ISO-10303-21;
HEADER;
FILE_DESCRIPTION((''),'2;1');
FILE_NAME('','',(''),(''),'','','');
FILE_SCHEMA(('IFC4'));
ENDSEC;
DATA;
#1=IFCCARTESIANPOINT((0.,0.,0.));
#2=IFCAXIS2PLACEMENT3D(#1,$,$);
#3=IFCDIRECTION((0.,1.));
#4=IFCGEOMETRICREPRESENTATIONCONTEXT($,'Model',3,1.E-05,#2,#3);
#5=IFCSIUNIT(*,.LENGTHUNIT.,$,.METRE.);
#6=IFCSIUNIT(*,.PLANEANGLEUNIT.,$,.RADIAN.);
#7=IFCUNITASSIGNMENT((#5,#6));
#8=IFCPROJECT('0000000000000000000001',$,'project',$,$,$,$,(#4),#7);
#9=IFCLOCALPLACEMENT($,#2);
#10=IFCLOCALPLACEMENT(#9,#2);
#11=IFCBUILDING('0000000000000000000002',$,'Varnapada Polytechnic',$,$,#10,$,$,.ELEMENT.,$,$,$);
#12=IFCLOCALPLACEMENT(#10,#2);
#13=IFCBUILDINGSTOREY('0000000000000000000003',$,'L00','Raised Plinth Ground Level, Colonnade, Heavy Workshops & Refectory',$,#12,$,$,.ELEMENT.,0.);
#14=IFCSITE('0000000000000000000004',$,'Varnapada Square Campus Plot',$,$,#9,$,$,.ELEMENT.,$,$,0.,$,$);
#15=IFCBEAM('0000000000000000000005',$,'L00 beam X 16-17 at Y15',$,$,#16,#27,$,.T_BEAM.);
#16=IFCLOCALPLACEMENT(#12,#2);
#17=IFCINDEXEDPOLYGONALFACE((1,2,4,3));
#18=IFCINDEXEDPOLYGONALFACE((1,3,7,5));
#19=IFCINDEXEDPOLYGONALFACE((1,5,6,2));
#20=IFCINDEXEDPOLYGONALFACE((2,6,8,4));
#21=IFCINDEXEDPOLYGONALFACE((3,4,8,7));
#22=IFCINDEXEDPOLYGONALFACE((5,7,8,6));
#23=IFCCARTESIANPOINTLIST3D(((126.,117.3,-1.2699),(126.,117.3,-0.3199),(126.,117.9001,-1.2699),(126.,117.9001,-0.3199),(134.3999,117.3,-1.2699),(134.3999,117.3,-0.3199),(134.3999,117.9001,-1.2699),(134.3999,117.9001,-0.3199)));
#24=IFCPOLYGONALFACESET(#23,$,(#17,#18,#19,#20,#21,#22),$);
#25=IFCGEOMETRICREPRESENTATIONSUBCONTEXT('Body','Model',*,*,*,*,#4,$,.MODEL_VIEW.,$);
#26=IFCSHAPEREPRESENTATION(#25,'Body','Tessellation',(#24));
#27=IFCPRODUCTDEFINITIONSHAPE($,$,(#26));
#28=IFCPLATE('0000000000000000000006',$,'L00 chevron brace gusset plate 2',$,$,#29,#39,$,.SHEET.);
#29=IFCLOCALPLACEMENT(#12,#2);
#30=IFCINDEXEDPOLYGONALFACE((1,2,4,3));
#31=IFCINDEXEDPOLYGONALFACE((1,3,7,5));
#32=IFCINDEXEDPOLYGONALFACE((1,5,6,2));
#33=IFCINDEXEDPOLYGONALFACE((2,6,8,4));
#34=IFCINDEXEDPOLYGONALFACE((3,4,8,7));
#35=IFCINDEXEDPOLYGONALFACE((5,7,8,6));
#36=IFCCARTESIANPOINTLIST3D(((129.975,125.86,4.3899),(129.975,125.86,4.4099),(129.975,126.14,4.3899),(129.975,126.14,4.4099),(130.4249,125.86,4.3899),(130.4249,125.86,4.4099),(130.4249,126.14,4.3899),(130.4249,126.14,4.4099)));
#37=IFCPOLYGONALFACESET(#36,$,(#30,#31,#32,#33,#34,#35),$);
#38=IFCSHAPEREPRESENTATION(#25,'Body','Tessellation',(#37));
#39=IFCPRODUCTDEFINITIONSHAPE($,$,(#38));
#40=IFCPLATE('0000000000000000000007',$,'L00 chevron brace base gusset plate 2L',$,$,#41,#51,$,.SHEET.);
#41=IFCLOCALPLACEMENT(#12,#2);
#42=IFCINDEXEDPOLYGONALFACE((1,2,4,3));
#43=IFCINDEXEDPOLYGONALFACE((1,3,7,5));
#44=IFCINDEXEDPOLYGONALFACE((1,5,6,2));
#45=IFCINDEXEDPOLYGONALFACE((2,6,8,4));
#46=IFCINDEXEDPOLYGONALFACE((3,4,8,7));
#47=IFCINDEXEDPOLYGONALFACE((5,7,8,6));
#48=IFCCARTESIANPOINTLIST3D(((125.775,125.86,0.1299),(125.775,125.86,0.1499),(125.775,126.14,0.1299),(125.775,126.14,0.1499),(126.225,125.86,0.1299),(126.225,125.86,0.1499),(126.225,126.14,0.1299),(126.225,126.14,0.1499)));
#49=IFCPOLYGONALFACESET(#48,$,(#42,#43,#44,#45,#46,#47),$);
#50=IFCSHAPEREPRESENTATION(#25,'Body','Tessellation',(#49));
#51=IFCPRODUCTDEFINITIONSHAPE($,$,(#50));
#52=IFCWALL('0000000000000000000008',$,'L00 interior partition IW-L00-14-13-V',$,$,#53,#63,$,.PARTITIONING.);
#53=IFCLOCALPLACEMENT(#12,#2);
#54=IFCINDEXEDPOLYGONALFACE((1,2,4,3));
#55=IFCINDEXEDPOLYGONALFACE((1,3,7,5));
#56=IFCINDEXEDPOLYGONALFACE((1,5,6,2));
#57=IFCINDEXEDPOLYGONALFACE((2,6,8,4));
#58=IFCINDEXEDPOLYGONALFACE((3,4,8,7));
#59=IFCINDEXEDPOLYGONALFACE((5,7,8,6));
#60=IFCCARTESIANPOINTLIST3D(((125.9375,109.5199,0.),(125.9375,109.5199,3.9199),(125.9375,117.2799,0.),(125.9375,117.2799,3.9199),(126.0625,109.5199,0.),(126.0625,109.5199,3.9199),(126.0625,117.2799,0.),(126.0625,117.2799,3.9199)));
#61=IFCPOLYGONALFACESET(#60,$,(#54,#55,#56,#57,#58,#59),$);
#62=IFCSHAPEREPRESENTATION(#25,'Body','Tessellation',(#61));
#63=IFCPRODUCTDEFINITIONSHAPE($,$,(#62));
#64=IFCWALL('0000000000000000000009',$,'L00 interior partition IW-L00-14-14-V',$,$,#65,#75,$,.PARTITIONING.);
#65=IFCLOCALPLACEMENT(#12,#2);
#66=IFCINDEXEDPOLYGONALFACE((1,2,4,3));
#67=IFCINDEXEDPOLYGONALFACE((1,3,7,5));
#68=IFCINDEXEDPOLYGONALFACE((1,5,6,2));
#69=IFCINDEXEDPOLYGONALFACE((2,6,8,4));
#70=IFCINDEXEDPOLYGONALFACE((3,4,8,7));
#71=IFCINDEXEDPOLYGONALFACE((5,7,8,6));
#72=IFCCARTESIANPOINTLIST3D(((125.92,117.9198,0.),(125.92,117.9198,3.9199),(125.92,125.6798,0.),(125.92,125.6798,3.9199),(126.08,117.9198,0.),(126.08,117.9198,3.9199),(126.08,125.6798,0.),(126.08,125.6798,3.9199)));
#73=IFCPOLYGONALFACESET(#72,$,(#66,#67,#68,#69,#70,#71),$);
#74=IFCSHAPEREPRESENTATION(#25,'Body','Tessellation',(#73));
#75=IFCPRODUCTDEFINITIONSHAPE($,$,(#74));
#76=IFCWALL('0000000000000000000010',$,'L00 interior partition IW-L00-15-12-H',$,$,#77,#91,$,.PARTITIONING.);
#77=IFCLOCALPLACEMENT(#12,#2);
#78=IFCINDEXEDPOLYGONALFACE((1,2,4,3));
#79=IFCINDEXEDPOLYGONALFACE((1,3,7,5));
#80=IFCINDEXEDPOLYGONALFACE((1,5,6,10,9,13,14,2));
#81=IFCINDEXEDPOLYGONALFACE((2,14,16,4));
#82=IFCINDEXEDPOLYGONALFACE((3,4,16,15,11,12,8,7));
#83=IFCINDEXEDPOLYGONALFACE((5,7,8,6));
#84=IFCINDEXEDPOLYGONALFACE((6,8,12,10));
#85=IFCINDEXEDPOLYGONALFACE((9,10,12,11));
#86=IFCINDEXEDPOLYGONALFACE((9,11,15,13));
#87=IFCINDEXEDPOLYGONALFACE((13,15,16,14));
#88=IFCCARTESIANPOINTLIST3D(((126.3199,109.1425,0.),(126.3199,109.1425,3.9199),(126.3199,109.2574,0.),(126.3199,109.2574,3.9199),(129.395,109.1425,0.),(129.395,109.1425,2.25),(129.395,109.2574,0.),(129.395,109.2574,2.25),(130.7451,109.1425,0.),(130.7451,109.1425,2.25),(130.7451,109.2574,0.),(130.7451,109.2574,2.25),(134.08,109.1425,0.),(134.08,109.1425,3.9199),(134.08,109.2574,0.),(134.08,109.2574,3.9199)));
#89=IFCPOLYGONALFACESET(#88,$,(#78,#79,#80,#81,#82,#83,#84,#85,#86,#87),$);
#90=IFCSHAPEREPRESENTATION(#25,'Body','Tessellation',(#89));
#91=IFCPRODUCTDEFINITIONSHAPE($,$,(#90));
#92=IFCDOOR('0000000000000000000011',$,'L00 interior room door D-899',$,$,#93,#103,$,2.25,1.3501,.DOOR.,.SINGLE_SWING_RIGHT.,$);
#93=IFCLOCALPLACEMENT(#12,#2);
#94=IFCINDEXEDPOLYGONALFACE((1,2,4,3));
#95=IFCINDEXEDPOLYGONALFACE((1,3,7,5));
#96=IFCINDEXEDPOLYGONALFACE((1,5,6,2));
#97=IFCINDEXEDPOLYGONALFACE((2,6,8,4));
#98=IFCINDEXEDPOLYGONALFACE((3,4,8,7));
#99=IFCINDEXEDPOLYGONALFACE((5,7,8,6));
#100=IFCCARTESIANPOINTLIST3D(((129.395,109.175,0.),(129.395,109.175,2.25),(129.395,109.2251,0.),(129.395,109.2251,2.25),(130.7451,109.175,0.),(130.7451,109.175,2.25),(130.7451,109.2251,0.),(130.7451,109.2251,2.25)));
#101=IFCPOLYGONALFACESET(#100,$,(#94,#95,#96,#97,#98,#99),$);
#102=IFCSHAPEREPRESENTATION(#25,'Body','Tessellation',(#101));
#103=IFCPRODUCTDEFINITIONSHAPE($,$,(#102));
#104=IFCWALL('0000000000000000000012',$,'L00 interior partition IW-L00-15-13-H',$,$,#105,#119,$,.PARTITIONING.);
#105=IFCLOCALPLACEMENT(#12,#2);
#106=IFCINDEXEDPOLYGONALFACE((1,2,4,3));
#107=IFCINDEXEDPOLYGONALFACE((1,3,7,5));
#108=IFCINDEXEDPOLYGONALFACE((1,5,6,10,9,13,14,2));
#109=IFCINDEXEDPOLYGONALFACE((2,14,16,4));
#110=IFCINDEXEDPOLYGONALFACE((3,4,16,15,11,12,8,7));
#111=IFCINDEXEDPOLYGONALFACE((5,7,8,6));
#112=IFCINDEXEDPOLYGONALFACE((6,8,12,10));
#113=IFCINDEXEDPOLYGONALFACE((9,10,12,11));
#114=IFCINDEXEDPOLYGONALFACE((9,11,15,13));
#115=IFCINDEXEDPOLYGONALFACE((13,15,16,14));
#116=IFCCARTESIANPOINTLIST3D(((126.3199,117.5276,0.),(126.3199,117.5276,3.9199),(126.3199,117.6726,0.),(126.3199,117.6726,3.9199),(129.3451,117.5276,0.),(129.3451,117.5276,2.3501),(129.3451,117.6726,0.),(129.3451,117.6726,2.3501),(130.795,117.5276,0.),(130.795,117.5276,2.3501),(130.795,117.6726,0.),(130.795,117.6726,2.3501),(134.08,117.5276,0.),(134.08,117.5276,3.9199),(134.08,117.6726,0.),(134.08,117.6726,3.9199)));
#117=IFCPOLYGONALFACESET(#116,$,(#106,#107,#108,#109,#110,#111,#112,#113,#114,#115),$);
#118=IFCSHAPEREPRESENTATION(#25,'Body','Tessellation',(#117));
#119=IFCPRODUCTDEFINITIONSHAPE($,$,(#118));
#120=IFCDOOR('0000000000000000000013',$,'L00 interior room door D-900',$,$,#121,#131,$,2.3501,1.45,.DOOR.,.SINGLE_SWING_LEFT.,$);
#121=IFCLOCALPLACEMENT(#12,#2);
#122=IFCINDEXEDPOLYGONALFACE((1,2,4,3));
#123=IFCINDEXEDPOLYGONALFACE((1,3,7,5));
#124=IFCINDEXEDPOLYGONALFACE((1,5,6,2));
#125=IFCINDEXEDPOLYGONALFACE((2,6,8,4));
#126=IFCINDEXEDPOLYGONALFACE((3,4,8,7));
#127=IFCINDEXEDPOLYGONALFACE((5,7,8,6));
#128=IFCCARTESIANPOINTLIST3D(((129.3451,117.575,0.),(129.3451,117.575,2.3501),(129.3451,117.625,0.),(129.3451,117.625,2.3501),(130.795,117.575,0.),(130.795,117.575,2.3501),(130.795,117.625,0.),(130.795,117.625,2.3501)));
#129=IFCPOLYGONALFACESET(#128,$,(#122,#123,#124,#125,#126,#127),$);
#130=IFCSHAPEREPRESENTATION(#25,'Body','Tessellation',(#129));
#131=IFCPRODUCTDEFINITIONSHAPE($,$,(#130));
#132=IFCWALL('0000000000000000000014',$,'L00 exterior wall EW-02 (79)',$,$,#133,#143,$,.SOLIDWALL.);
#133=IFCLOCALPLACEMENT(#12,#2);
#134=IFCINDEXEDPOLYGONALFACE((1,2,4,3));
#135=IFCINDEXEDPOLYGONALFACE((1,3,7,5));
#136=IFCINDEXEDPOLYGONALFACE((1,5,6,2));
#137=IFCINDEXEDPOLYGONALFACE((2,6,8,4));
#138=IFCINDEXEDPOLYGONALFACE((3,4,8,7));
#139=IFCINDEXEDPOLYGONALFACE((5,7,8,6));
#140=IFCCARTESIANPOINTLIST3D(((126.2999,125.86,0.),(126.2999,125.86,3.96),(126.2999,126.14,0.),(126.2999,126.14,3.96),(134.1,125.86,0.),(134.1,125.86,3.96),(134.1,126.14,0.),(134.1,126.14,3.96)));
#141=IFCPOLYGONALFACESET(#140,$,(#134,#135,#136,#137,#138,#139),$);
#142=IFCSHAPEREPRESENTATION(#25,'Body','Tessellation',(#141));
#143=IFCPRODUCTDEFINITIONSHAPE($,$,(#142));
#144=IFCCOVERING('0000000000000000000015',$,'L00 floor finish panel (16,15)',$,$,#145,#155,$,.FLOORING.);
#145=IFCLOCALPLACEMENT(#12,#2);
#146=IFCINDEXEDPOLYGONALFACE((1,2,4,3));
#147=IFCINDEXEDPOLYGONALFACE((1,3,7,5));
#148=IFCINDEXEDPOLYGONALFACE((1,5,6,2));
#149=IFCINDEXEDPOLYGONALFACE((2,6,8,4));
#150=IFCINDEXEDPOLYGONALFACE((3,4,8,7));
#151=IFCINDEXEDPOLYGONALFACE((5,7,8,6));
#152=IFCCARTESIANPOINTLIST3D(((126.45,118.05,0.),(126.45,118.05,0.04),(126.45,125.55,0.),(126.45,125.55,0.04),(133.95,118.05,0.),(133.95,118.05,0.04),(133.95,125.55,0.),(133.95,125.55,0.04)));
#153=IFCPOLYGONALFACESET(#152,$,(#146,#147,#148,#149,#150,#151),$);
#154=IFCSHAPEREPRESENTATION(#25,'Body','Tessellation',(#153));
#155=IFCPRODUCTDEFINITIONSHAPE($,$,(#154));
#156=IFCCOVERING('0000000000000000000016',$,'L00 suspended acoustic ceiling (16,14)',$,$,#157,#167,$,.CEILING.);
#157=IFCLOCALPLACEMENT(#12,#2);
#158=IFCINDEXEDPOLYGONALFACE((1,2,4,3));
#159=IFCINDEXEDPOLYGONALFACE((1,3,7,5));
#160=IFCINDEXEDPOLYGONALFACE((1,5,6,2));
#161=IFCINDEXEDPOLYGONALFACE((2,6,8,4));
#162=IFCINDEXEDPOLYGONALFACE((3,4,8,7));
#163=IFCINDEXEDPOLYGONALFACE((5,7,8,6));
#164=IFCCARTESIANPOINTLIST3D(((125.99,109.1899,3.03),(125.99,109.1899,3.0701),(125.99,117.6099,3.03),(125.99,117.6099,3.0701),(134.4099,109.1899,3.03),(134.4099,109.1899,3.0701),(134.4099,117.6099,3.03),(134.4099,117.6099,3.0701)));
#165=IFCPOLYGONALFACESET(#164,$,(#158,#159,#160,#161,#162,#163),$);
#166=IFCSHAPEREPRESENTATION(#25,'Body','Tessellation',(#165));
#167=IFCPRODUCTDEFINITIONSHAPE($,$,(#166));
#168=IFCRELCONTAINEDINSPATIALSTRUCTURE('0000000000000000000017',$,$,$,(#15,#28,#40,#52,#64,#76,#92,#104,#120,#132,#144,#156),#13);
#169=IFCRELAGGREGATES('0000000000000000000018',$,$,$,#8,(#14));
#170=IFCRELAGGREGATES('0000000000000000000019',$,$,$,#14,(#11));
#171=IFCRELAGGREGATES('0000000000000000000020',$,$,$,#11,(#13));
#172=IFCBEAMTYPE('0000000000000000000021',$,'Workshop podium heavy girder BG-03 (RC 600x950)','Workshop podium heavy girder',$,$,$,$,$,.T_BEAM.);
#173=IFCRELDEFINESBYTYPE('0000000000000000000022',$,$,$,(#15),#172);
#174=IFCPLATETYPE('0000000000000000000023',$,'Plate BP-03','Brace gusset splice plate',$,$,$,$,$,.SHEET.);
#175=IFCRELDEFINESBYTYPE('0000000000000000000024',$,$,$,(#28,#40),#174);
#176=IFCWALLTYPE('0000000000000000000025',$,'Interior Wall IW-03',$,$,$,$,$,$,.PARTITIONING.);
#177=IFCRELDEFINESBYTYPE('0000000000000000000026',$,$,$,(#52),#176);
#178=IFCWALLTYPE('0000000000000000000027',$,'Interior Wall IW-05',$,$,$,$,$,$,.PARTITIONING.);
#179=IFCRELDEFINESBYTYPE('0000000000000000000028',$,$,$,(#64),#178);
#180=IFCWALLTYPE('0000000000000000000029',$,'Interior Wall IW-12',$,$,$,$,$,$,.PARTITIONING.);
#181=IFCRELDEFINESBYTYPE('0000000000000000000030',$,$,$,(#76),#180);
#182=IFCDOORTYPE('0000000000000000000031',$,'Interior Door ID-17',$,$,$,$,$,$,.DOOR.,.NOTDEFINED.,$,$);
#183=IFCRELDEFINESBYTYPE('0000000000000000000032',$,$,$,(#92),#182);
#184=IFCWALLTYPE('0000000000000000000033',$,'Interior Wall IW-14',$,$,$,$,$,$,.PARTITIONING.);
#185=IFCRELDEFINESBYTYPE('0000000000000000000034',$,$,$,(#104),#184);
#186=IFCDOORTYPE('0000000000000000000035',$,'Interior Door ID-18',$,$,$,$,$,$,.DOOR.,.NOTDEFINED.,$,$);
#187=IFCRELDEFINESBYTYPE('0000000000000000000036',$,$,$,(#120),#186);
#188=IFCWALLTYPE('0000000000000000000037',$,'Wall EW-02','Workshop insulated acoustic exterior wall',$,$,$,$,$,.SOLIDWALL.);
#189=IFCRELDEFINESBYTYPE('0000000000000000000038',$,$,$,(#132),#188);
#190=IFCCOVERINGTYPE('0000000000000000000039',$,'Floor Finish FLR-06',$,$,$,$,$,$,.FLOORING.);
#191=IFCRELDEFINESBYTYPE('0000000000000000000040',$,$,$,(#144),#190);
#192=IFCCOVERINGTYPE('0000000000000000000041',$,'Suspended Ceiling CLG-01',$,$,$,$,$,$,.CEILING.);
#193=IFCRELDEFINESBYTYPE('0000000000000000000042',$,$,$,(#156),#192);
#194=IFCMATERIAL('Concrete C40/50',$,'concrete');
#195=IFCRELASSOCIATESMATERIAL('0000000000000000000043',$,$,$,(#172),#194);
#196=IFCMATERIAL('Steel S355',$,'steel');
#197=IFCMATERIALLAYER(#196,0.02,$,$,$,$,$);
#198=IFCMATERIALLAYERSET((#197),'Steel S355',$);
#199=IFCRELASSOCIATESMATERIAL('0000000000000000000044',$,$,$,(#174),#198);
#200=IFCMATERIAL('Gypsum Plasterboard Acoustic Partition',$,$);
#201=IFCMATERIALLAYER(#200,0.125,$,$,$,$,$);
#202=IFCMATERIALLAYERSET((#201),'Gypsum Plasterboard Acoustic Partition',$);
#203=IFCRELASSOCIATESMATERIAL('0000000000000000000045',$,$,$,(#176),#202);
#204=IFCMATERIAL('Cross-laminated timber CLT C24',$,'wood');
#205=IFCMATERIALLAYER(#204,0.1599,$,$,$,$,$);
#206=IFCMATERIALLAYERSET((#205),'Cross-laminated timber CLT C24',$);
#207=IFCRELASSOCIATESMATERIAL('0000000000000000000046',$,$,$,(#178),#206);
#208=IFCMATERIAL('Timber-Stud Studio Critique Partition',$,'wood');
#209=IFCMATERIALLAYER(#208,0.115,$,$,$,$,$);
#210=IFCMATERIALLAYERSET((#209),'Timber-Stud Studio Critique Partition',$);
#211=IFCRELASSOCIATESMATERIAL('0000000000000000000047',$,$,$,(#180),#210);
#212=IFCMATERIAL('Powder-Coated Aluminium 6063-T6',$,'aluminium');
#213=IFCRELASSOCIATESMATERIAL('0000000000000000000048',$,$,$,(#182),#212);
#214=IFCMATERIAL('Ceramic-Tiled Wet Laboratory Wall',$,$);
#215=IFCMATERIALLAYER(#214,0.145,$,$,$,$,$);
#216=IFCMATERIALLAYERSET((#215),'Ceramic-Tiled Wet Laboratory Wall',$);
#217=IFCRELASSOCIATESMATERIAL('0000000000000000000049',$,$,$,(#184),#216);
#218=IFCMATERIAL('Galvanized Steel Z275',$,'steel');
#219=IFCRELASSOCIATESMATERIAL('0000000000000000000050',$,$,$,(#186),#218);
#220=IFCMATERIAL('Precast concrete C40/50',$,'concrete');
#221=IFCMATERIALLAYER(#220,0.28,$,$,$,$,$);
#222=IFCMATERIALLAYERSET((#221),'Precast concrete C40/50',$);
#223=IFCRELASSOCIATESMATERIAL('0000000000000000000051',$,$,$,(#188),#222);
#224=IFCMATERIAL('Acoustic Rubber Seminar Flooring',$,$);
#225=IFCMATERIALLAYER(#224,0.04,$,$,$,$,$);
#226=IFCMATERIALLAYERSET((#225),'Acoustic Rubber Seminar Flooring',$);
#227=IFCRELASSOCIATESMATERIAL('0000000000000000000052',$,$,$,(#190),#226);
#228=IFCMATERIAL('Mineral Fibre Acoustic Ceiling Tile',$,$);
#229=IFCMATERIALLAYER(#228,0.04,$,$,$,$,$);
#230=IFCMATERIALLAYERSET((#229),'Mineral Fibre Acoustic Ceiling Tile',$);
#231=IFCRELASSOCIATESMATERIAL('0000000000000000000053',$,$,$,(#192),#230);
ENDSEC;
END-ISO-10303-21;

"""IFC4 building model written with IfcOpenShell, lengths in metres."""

from ifc_helpers import new_model, si_unit, direction, frame, frame_2d, origin, origin_2d, place, context, subcontext, project, spatial, rectangle, extrude, material, layer, layer_set, material_profile, profile_set, type_object, element, fill, save


model = new_model("IFC4")

# Units and contexts
model_context = context("Model", 3, precision=1e-05, world=origin(), true_north=direction((0.0, 1.0)))
body_context = subcontext(model_context, "Body", "Model", "MODEL_VIEW")
ifc_project = project(units=[si_unit("LENGTHUNIT", "METRE"), si_unit("PLANEANGLEUNIT", "RADIAN")], contexts=[model_context])

# Site, building, storey
site_placement = place(None, origin())
site = spatial("IfcSite", under=ifc_project, at=site_placement, Name="Varnapada Square Campus Plot", CompositionType="ELEMENT", RefElevation=0.0)
building_placement = place(site_placement, origin())
building = spatial("IfcBuilding", under=site, at=building_placement, Name="Varnapada Polytechnic", CompositionType="ELEMENT")
storey_placement = place(building_placement, origin())
storey = spatial("IfcBuildingStorey", under=building, at=storey_placement, Name="L00", Description="Raised Plinth Ground Level, Colonnade, Heavy Workshops & Refectory", CompositionType="ELEMENT", Elevation=0.0)

# Shared definitions
ifc_material_1 = material(Name="Concrete C40/50", Category="concrete")

# Shared definitions
ifc_material_2 = material(Name="Steel S355", Category="steel")

# Beam
ifc_material_profile_1 = material_profile(ifc_material_1, rectangle(XDim=0.6001, YDim=0.95, at=origin_2d()), Name="RC 600x950")
ifc_profile_set_1 = profile_set([ifc_material_profile_1], Name="Concrete C40/50")
beam_type_1 = type_object("IfcBeamType", Name="Workshop podium heavy girder BG-03 (RC 600x950)", Description="Workshop podium heavy girder", PredefinedType="T_BEAM", material=ifc_profile_set_1)
for number, where, z_axis, x_axis, name in (
    (1, (126.0, 117.6001, -0.7949), (1.0, 0.0, 0.0), (0.0, 1.0, 0.0), "L00 beam X 16-17 at Y15"),
):
    element("IfcBeam", number, at=place(storey_placement, frame(where, z_axis=z_axis, x_axis=x_axis)), inside=storey, type_object=beam_type_1, Name=name, PredefinedType="T_BEAM", context=body_context, shape_type="SweptSolid", body=[
        extrude(rectangle(XDim=0.6001, YDim=0.95, at=origin_2d()), origin(), (0.0, 0.0, 1.0), 8.3999),
    ])

# Plates
ifc_layer_1 = layer(ifc_material_2, 0.02)
ifc_layer_set_1 = layer_set([ifc_layer_1], Name="Steel S355")
plate_type = type_object("IfcPlateType", Name="Plate BP-03", Description="Brace gusset splice plate", PredefinedType="SHEET", material=ifc_layer_set_1)
for number, where, z_axis, x_axis, name in (
    (2, (130.2, 126.0, 4.3899), (0.0, 0.0, 1.0), (1.0, 0.0, 0.0), "L00 chevron brace gusset plate 2"),
    (3, (126.0, 126.0, 0.1299), (0.0, 0.0, 1.0), (1.0, 0.0, 0.0), "L00 chevron brace base gusset plate 2L"),
):
    element("IfcPlate", number, at=place(storey_placement, frame(where, z_axis=z_axis, x_axis=x_axis)), inside=storey, type_object=plate_type, Name=name, PredefinedType="SHEET", context=body_context, shape_type="SweptSolid", body=[
        extrude(rectangle(XDim=0.45, YDim=0.28, at=origin_2d()), origin(), (0.0, 0.0, 1.0), 0.02),
    ])

# Walls
ifc_material_3 = material(Name="Gypsum Plasterboard Acoustic Partition")
ifc_layer_2 = layer(ifc_material_3, 0.125)
ifc_layer_set_2 = layer_set([ifc_layer_2], Name="Gypsum Plasterboard Acoustic Partition")
wall_type_1 = type_object("IfcWallType", Name="Interior Wall IW-03", PredefinedType="PARTITIONING", material=ifc_layer_set_2)
wall_1_placement = place(storey_placement, frame((126.0, 109.52, 0.0), z_axis=(0.0, 0.0, 1.0), x_axis=(0.0, 1.0, 0.0)))
element("IfcWall", 4, at=wall_1_placement, inside=storey, type_object=wall_type_1, Name="L00 interior partition IW-L00-14-13-V", PredefinedType="PARTITIONING", context=body_context, shape_type="SweptSolid", body=[
    extrude(rectangle(XDim=7.76, YDim=0.125, at=frame_2d((3.8799, 0.0))), origin(), (0.0, 0.0, 1.0), 3.9199),
])
ifc_material_4 = material(Name="Cross-laminated timber CLT C24", Category="wood")
ifc_layer_3 = layer(ifc_material_4, 0.1599)
ifc_layer_set_3 = layer_set([ifc_layer_3], Name="Cross-laminated timber CLT C24")
wall_type_2 = type_object("IfcWallType", Name="Interior Wall IW-05", PredefinedType="PARTITIONING", material=ifc_layer_set_3)
wall_2_placement = place(storey_placement, frame((126.0, 117.9199, 0.0), z_axis=(0.0, 0.0, 1.0), x_axis=(0.0, 1.0, 0.0)))
element("IfcWall", 5, at=wall_2_placement, inside=storey, type_object=wall_type_2, Name="L00 interior partition IW-L00-14-14-V", PredefinedType="PARTITIONING", context=body_context, shape_type="SweptSolid", body=[
    extrude(rectangle(XDim=7.76, YDim=0.1599, at=frame_2d((3.8799, 0.0))), origin(), (0.0, 0.0, 1.0), 3.9199),
])

# Walls, openings, doors
ifc_material_5 = material(Name="Timber-Stud Studio Critique Partition", Category="wood")
ifc_layer_4 = layer(ifc_material_5, 0.115)
ifc_layer_set_4 = layer_set([ifc_layer_4], Name="Timber-Stud Studio Critique Partition")
wall_type_3 = type_object("IfcWallType", Name="Interior Wall IW-12", PredefinedType="PARTITIONING", material=ifc_layer_set_4)
wall_3_placement = place(storey_placement, frame((126.3201, 109.2, 0.0), z_axis=(0.0, 0.0, 1.0), x_axis=(1.0, 0.0, 0.0)))
wall_3 = element("IfcWall", 6, at=wall_3_placement, inside=storey, type_object=wall_type_3, Name="L00 interior partition IW-L00-15-12-H", PredefinedType="PARTITIONING", context=body_context, shape_type="SweptSolid", body=[
    extrude(rectangle(XDim=7.76, YDim=0.115, at=frame_2d((3.8799, 0.0))), origin(), (0.0, 0.0, 1.0), 3.9199),
])
opening_1_placement = place(wall_3_placement, frame((3.075, 0.0, 0.0)))
opening_1 = element("IfcOpeningElement", 7, at=opening_1_placement, cuts=wall_3, PredefinedType="OPENING", context=body_context, shape_type="SweptSolid", body=[
    extrude(rectangle(XDim=1.3501, YDim=2.25, at=frame_2d((0.675, 1.125))), frame((0.0, 0.0674, 0.0), z_axis=(0.0, -1.0, 0.0), x_axis=(1.0, 0.0, 0.0)), (0.0, 0.0, 1.0), 0.135),
])
ifc_material_6 = material(Name="Powder-Coated Aluminium 6063-T6", Category="aluminium")
door_type_1 = type_object("IfcDoorType", Name="Interior Door ID-17", OperationType="NOTDEFINED", PredefinedType="DOOR", material=ifc_material_6)
door_1_placement = place(opening_1_placement, frame((1.3501, 0.0, 0.0), z_axis=(0.0, 0.0, 1.0), x_axis=(-1.0, 0.0, 0.0)))
door_1 = element("IfcDoor", 8, at=door_1_placement, inside=storey, type_object=door_type_1, Name="L00 interior room door D-899", OperationType="SINGLE_SWING_RIGHT", OverallHeight=2.25, OverallWidth=1.3501, PredefinedType="DOOR", context=body_context, shape_type="SweptSolid", body=[
    extrude(rectangle(XDim=1.3501, YDim=2.25, at=frame_2d((0.675, 1.125))), frame((0.0, 0.0249, 0.0), z_axis=(0.0, -1.0, 0.0), x_axis=(1.0, 0.0, 0.0)), (0.0, 0.0, 1.0), 0.05),
])
fill(opening_1, door_1)
ifc_material_7 = material(Name="Ceramic-Tiled Wet Laboratory Wall")
ifc_layer_5 = layer(ifc_material_7, 0.145)
ifc_layer_set_5 = layer_set([ifc_layer_5], Name="Ceramic-Tiled Wet Laboratory Wall")
wall_type_4 = type_object("IfcWallType", Name="Interior Wall IW-14", PredefinedType="PARTITIONING", material=ifc_layer_set_5)
wall_4_placement = place(storey_placement, frame((126.3201, 117.6001, 0.0), z_axis=(0.0, 0.0, 1.0), x_axis=(1.0, 0.0, 0.0)))
wall_4 = element("IfcWall", 9, at=wall_4_placement, inside=storey, type_object=wall_type_4, Name="L00 interior partition IW-L00-15-13-H", PredefinedType="PARTITIONING", context=body_context, shape_type="SweptSolid", body=[
    extrude(rectangle(XDim=7.76, YDim=0.145, at=frame_2d((3.8799, 0.0))), origin(), (0.0, 0.0, 1.0), 3.9199),
])
opening_2_placement = place(wall_4_placement, frame((3.0249, 0.0, 0.0)))
opening_2 = element("IfcOpeningElement", 10, at=opening_2_placement, cuts=wall_4, PredefinedType="OPENING", context=body_context, shape_type="SweptSolid", body=[
    extrude(rectangle(XDim=1.45, YDim=2.3501, at=frame_2d((0.7251, 1.175))), frame((0.0, 0.0825, 0.0), z_axis=(0.0, -1.0, 0.0), x_axis=(1.0, 0.0, 0.0)), (0.0, 0.0, 1.0), 0.165),
])
ifc_material_8 = material(Name="Galvanized Steel Z275", Category="steel")
door_type_2 = type_object("IfcDoorType", Name="Interior Door ID-18", OperationType="NOTDEFINED", PredefinedType="DOOR", material=ifc_material_8)
door_2_placement = place(opening_2_placement, origin())
door_2 = element("IfcDoor", 11, at=door_2_placement, inside=storey, type_object=door_type_2, Name="L00 interior room door D-900", OperationType="SINGLE_SWING_LEFT", OverallHeight=2.3501, OverallWidth=1.45, PredefinedType="DOOR", context=body_context, shape_type="SweptSolid", body=[
    extrude(rectangle(XDim=1.45, YDim=2.3501, at=frame_2d((0.7251, 1.175))), frame((0.0, 0.0249, 0.0), z_axis=(0.0, -1.0, 0.0), x_axis=(1.0, 0.0, 0.0)), (0.0, 0.0, 1.0), 0.05),
])
fill(opening_2, door_2)

# Wall
ifc_material_9 = material(Name="Precast concrete C40/50", Category="concrete")
ifc_layer_6 = layer(ifc_material_9, 0.28)
ifc_layer_set_6 = layer_set([ifc_layer_6], Name="Precast concrete C40/50")
wall_type_5 = type_object("IfcWallType", Name="Wall EW-02", Description="Workshop insulated acoustic exterior wall", PredefinedType="SOLIDWALL", material=ifc_layer_set_6)
wall_5_placement = place(storey_placement, frame((126.3, 126.0, 0.0), z_axis=(0.0, 0.0, 1.0), x_axis=(1.0, 0.0, 0.0)))
element("IfcWall", 12, at=wall_5_placement, inside=storey, type_object=wall_type_5, Name="L00 exterior wall EW-02 (79)", PredefinedType="SOLIDWALL", context=body_context, shape_type="SweptSolid", body=[
    extrude(rectangle(XDim=7.8, YDim=0.28, at=frame_2d((3.8999, 0.0))), origin(), (0.0, 0.0, 1.0), 3.96),
])

# Coverings
ifc_material_10 = material(Name="Acoustic Rubber Seminar Flooring")
ifc_layer_7 = layer(ifc_material_10, 0.04)
ifc_layer_set_7 = layer_set([ifc_layer_7], Name="Acoustic Rubber Seminar Flooring")
covering_type_1 = type_object("IfcCoveringType", Name="Floor Finish FLR-06", PredefinedType="FLOORING", material=ifc_layer_set_7)
covering_1_placement = place(storey_placement, frame((130.2, 121.8, 0.0), z_axis=(0.0, 0.0, 1.0), x_axis=(1.0, 0.0, 0.0)))
element("IfcCovering", 13, at=covering_1_placement, inside=storey, type_object=covering_type_1, Name="L00 floor finish panel (16,15)", PredefinedType="FLOORING", context=body_context, shape_type="SweptSolid", body=[
    extrude(rectangle(XDim=7.5, YDim=7.5, at=origin_2d()), origin(), (0.0, 0.0, 1.0), 0.04),
])
ifc_material_11 = material(Name="Mineral Fibre Acoustic Ceiling Tile")
ifc_layer_8 = layer(ifc_material_11, 0.04)
ifc_layer_set_8 = layer_set([ifc_layer_8], Name="Mineral Fibre Acoustic Ceiling Tile")
covering_type_2 = type_object("IfcCoveringType", Name="Suspended Ceiling CLG-01", PredefinedType="CEILING", material=ifc_layer_set_8)
covering_2_placement = place(storey_placement, frame((130.2, 113.3999, 3.03), z_axis=(0.0, 0.0, 1.0), x_axis=(1.0, 0.0, 0.0)))
element("IfcCovering", 14, at=covering_2_placement, inside=storey, type_object=covering_type_2, Name="L00 suspended acoustic ceiling (16,14)", PredefinedType="CEILING", context=body_context, shape_type="SweptSolid", body=[
    extrude(rectangle(XDim=8.4199, YDim=8.4199, at=origin_2d()), origin(), (0.0, 0.0, 1.0), 0.04),
])

save(model, "model.ifc")
